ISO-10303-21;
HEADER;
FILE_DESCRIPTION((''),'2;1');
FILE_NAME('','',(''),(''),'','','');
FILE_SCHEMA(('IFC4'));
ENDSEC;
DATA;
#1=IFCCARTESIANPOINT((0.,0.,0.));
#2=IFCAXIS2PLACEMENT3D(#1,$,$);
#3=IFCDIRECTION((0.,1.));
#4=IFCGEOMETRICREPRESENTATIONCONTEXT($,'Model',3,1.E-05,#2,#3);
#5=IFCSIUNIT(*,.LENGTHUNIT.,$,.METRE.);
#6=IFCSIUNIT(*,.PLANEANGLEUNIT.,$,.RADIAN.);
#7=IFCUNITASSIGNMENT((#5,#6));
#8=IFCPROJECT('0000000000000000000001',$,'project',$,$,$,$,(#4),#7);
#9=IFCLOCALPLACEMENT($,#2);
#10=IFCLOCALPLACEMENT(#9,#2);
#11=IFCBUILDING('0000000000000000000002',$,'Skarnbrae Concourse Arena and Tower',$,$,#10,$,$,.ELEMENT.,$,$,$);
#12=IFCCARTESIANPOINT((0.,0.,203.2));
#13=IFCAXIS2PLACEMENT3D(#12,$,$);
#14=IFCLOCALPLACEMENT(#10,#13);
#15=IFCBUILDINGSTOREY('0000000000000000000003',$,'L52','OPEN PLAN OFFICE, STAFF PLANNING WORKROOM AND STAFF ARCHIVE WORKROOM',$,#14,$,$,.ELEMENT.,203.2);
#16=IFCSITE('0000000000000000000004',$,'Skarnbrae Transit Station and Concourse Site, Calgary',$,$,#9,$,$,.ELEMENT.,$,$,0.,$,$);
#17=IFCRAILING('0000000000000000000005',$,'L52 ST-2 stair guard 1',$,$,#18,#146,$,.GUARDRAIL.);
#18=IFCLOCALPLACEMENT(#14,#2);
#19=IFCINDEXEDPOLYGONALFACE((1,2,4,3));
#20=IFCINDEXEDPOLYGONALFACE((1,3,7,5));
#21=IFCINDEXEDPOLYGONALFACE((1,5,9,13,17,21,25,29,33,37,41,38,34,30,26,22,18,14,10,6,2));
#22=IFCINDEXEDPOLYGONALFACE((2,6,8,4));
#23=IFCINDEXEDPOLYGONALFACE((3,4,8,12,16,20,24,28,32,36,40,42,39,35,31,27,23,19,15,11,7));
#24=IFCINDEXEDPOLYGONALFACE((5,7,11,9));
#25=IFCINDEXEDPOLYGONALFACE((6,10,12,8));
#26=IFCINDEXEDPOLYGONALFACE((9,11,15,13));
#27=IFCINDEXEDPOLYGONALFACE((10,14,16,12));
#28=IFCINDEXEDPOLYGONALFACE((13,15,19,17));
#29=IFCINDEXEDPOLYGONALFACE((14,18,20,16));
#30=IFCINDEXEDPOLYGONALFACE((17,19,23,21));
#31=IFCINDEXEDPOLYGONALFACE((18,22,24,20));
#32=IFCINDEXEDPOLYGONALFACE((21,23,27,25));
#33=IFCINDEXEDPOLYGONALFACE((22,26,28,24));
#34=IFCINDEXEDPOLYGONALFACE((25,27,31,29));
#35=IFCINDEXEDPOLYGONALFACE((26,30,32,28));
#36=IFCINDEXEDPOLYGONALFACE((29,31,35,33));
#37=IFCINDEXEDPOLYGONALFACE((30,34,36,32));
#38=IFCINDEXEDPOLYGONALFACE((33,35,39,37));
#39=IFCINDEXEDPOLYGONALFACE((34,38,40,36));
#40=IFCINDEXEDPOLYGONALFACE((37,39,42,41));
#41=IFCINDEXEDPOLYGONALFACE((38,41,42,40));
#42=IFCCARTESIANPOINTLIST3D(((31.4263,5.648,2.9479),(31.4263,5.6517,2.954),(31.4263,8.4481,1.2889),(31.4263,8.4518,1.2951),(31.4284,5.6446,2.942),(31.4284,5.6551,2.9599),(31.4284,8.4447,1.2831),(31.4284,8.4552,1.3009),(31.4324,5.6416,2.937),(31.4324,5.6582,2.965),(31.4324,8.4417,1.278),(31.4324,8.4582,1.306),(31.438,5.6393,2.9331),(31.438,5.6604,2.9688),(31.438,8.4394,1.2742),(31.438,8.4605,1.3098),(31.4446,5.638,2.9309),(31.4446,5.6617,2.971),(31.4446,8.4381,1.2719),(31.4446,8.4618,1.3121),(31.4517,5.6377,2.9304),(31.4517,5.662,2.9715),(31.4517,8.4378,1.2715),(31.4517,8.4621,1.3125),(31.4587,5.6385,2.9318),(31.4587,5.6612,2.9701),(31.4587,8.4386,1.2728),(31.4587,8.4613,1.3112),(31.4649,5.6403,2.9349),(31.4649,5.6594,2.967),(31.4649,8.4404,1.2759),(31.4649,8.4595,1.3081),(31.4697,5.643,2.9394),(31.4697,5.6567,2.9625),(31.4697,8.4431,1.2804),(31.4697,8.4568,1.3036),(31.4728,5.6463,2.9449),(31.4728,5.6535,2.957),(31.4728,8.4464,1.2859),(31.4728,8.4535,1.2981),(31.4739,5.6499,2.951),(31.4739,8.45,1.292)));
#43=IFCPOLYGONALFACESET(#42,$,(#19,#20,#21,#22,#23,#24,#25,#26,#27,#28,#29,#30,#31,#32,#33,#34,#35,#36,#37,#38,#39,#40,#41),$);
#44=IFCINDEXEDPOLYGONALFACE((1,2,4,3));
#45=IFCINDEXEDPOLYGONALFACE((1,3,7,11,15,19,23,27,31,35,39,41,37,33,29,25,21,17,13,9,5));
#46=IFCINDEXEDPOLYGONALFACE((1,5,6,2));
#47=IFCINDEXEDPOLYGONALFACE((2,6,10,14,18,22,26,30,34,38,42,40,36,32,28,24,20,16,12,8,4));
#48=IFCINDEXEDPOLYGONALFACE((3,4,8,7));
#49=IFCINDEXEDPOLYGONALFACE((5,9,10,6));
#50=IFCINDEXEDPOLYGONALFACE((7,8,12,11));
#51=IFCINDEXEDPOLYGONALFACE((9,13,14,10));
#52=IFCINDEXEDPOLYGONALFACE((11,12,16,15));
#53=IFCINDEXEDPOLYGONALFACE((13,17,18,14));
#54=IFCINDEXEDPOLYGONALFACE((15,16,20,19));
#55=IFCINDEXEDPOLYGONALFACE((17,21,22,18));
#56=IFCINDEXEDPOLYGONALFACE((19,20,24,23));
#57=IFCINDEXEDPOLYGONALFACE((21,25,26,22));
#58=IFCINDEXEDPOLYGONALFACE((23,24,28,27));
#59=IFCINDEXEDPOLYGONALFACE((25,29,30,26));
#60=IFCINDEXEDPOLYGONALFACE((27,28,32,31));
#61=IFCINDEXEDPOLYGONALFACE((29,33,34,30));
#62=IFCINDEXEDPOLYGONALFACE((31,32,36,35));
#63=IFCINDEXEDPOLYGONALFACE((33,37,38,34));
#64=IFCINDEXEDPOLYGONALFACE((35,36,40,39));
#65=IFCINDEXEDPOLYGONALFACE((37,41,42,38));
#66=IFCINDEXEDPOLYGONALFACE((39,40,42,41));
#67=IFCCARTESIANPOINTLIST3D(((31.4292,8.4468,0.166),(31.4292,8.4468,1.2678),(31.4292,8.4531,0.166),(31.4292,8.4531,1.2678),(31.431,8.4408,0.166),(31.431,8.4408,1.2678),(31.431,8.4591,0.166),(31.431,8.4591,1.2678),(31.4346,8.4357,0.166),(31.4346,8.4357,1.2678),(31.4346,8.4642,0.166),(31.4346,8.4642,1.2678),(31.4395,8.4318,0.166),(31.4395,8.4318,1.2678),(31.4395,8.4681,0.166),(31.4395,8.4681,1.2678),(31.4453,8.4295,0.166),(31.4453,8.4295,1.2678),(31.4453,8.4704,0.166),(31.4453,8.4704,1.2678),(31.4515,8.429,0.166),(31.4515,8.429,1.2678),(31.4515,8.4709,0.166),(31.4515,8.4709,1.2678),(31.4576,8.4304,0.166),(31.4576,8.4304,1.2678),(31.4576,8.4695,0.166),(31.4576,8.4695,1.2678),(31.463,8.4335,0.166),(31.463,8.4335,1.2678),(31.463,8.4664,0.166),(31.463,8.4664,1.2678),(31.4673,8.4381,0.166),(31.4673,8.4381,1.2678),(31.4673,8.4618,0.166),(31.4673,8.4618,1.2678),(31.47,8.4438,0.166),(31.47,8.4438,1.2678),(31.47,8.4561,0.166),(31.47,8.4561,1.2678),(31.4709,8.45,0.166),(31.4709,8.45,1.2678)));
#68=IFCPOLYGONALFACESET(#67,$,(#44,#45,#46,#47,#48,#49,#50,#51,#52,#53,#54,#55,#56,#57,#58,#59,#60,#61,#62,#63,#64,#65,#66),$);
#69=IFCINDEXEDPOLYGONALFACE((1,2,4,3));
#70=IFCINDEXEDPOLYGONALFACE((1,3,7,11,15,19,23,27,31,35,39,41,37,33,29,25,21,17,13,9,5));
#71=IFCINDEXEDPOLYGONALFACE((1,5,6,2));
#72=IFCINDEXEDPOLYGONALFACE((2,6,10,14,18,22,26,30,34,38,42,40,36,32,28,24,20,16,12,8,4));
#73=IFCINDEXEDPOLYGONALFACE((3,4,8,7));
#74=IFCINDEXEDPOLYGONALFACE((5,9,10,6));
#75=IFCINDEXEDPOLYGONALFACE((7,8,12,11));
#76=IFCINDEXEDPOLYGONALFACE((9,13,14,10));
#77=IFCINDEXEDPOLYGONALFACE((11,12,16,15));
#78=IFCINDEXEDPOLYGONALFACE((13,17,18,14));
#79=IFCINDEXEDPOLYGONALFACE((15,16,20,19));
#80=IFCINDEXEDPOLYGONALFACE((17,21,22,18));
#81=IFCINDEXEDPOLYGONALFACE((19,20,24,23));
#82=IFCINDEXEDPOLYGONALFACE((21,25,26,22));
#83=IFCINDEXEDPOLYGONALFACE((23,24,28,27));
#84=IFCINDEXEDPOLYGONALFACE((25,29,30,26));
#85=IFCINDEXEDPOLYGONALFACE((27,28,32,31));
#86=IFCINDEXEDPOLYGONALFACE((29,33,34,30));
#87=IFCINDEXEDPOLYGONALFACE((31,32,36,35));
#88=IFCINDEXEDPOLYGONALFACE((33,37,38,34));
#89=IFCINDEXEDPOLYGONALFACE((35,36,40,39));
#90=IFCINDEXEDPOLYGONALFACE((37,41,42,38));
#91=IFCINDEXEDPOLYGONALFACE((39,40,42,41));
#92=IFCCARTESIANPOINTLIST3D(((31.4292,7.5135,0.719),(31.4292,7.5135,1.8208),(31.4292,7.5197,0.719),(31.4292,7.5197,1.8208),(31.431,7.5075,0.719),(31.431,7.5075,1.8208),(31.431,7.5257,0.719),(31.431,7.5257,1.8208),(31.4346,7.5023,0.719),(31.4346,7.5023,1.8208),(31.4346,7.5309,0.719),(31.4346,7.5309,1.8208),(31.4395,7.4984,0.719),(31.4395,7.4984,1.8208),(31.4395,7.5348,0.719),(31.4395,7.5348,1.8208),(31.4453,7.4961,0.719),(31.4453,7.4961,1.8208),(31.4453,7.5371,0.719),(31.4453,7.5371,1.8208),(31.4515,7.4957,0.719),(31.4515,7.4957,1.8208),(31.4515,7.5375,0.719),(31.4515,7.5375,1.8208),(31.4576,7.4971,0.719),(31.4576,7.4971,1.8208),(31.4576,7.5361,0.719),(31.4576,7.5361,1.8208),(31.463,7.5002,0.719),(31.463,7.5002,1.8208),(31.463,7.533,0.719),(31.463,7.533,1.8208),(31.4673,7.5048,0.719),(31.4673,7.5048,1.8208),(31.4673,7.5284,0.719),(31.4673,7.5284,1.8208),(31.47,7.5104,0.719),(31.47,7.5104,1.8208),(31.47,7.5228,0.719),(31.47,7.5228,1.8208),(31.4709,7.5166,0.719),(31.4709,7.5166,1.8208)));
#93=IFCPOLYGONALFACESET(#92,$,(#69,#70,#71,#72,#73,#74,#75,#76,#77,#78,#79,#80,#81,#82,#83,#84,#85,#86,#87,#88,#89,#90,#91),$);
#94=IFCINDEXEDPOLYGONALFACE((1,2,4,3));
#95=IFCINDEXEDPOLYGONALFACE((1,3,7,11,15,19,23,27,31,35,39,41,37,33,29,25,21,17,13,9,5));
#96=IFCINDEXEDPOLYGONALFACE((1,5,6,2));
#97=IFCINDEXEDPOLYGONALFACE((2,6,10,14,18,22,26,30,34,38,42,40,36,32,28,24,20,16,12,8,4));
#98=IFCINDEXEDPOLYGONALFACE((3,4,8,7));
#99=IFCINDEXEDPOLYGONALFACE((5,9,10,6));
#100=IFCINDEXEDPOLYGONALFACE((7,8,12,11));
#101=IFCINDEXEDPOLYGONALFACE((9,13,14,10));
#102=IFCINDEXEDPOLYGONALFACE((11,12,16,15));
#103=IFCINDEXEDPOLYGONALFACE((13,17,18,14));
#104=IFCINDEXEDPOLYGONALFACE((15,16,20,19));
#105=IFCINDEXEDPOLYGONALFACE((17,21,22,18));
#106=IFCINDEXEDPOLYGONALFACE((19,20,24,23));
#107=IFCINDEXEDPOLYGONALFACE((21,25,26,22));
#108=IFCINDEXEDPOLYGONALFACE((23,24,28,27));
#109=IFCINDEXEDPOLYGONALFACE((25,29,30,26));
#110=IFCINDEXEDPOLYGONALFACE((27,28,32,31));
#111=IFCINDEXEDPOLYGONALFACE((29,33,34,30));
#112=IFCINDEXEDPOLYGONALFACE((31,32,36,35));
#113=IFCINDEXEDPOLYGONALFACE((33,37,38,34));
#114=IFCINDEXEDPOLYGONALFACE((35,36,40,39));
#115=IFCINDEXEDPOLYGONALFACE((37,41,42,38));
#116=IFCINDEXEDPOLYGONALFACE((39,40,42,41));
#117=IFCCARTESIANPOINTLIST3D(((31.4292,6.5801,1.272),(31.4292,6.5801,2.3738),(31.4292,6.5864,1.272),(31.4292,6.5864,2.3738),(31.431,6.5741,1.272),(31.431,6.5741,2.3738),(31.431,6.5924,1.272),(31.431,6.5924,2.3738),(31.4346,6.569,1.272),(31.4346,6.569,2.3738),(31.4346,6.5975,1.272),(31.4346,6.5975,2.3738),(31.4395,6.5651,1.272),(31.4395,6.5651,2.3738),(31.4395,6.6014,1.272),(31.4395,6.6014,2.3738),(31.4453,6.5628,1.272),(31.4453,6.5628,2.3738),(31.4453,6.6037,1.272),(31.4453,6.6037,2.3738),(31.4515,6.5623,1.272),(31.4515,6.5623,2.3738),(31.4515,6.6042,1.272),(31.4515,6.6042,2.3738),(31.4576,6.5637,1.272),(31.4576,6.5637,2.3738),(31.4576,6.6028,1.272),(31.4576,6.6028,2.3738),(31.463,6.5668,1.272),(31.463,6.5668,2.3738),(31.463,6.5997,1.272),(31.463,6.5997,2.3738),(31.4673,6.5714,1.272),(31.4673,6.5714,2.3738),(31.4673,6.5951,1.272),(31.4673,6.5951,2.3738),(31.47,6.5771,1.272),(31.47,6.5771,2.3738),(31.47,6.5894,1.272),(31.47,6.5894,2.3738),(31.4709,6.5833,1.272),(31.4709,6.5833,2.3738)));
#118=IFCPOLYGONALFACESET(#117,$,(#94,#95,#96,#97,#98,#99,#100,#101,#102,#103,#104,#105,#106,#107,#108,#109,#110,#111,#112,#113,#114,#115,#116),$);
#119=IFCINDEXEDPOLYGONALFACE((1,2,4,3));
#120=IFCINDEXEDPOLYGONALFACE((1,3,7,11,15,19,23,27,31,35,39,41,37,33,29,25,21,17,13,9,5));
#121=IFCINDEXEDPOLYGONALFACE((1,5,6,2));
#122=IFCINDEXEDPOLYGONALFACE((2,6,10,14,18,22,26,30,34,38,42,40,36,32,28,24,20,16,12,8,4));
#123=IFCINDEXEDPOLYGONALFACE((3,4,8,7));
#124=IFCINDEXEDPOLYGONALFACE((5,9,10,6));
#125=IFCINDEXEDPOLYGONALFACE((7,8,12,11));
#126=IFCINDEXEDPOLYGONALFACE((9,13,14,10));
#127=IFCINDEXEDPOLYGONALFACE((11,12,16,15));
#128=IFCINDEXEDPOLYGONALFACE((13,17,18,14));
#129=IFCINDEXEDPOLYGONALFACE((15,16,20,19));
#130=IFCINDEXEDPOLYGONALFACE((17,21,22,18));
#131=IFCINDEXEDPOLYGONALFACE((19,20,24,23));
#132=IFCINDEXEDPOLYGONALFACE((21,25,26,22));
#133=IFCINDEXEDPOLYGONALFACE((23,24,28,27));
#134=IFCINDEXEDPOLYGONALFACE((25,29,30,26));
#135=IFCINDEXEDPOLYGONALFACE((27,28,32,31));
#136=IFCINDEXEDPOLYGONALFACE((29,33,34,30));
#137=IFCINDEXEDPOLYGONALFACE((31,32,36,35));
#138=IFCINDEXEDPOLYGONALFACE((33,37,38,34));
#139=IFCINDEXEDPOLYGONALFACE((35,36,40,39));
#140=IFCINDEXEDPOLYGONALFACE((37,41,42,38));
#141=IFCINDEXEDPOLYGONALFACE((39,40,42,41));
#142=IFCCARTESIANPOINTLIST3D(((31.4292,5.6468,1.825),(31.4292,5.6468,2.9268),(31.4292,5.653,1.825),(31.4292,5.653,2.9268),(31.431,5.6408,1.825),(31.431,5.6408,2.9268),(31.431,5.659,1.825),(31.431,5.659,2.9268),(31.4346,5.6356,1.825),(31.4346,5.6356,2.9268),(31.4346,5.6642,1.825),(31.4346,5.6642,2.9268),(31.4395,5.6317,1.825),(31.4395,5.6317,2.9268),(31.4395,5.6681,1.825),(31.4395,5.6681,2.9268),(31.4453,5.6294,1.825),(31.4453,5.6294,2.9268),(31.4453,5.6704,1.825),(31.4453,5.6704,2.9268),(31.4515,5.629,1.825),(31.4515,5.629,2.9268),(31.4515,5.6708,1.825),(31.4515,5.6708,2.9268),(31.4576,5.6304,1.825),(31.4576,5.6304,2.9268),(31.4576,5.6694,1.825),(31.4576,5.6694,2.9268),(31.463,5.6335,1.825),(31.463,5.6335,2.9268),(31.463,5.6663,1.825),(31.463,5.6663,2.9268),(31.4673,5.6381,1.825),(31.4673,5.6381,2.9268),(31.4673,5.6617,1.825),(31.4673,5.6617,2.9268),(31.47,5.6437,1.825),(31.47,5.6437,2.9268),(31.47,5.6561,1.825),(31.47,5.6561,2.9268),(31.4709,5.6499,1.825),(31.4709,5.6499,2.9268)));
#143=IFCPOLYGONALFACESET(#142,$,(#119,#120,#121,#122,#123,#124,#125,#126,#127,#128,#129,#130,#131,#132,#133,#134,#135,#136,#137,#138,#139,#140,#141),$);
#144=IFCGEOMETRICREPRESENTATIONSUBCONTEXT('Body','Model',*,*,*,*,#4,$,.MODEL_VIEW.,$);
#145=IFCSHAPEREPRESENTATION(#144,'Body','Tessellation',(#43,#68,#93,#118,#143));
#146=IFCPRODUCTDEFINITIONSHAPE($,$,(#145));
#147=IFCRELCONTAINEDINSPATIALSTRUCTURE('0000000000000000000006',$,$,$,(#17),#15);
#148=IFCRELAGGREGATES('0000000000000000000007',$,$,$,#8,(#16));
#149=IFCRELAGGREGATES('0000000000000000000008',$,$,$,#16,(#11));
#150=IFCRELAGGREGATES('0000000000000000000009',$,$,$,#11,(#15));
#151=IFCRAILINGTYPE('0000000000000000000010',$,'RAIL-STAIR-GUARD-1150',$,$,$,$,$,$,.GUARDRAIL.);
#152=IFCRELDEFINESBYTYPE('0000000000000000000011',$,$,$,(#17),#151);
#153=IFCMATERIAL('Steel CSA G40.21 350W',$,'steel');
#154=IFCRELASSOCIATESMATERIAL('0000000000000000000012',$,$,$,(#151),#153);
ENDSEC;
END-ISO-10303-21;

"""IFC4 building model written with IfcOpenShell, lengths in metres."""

from ifc_helpers import new_model, si_unit, direction, frame, origin, origin_2d, place, context, subcontext, project, spatial, circle, extrude, material, type_object, element, save


model = new_model("IFC4")

# Units and contexts
model_context = context("Model", 3, precision=1e-05, world=origin(), true_north=direction((0.0, 1.0)))
body_context = subcontext(model_context, "Body", "Model", "MODEL_VIEW")
ifc_project = project(units=[si_unit("LENGTHUNIT", "METRE"), si_unit("PLANEANGLEUNIT", "RADIAN")], contexts=[model_context])

# Site, building, storey
site_placement = place(None, origin())
site = spatial("IfcSite", under=ifc_project, at=site_placement, Name="Skarnbrae Transit Station and Concourse Site, Calgary", CompositionType="ELEMENT", RefElevation=0.0)
building_placement = place(site_placement, origin())
building = spatial("IfcBuilding", under=site, at=building_placement, Name="Skarnbrae Concourse Arena and Tower", CompositionType="ELEMENT")
storey_placement = place(building_placement, frame((0.0, 0.0, 203.2)))
storey = spatial("IfcBuildingStorey", under=building, at=storey_placement, Name="L52", Description="OPEN PLAN OFFICE, STAFF PLANNING WORKROOM AND STAFF ARCHIVE WORKROOM", CompositionType="ELEMENT", Elevation=203.2)

# Shared definitions
ifc_material_1 = material(Name="Steel CSA G40.21 350W", Category="steel")

# Railing
railing_type = type_object("IfcRailingType", Name="RAIL-STAIR-GUARD-1150", PredefinedType="GUARDRAIL", material=ifc_material_1)
railing_1_placement = place(storey_placement, frame((31.45, 8.45, 0.166)))
element("IfcRailing", 1, at=railing_1_placement, inside=storey, type_object=railing_type, Name="L52 ST-2 stair guard 1", PredefinedType="GUARDRAIL", context=body_context, shape_type="SweptSolid", body=[
    extrude(circle(Radius=0.0239, at=origin_2d()), frame((0.0, 0.0, 1.126), z_axis=(0.0, -0.860339, 0.509722), x_axis=(1.0, 0.0, 0.0)), (0.0, 0.0, 1.0), 3.2546),
    extrude(circle(Radius=0.021, at=origin_2d()), origin(), (0.0, 0.0, 1.0), 1.1018),
    extrude(circle(Radius=0.021, at=origin_2d()), frame((0.0, -0.9333, 0.553)), (0.0, 0.0, 1.0), 1.1018),
    extrude(circle(Radius=0.021, at=origin_2d()), frame((0.0, -1.8667, 1.106)), (0.0, 0.0, 1.0), 1.1018),
    extrude(circle(Radius=0.021, at=origin_2d()), frame((0.0, -2.8, 1.6589)), (0.0, 0.0, 1.0), 1.1018),
])

save(model, "model.ifc")
